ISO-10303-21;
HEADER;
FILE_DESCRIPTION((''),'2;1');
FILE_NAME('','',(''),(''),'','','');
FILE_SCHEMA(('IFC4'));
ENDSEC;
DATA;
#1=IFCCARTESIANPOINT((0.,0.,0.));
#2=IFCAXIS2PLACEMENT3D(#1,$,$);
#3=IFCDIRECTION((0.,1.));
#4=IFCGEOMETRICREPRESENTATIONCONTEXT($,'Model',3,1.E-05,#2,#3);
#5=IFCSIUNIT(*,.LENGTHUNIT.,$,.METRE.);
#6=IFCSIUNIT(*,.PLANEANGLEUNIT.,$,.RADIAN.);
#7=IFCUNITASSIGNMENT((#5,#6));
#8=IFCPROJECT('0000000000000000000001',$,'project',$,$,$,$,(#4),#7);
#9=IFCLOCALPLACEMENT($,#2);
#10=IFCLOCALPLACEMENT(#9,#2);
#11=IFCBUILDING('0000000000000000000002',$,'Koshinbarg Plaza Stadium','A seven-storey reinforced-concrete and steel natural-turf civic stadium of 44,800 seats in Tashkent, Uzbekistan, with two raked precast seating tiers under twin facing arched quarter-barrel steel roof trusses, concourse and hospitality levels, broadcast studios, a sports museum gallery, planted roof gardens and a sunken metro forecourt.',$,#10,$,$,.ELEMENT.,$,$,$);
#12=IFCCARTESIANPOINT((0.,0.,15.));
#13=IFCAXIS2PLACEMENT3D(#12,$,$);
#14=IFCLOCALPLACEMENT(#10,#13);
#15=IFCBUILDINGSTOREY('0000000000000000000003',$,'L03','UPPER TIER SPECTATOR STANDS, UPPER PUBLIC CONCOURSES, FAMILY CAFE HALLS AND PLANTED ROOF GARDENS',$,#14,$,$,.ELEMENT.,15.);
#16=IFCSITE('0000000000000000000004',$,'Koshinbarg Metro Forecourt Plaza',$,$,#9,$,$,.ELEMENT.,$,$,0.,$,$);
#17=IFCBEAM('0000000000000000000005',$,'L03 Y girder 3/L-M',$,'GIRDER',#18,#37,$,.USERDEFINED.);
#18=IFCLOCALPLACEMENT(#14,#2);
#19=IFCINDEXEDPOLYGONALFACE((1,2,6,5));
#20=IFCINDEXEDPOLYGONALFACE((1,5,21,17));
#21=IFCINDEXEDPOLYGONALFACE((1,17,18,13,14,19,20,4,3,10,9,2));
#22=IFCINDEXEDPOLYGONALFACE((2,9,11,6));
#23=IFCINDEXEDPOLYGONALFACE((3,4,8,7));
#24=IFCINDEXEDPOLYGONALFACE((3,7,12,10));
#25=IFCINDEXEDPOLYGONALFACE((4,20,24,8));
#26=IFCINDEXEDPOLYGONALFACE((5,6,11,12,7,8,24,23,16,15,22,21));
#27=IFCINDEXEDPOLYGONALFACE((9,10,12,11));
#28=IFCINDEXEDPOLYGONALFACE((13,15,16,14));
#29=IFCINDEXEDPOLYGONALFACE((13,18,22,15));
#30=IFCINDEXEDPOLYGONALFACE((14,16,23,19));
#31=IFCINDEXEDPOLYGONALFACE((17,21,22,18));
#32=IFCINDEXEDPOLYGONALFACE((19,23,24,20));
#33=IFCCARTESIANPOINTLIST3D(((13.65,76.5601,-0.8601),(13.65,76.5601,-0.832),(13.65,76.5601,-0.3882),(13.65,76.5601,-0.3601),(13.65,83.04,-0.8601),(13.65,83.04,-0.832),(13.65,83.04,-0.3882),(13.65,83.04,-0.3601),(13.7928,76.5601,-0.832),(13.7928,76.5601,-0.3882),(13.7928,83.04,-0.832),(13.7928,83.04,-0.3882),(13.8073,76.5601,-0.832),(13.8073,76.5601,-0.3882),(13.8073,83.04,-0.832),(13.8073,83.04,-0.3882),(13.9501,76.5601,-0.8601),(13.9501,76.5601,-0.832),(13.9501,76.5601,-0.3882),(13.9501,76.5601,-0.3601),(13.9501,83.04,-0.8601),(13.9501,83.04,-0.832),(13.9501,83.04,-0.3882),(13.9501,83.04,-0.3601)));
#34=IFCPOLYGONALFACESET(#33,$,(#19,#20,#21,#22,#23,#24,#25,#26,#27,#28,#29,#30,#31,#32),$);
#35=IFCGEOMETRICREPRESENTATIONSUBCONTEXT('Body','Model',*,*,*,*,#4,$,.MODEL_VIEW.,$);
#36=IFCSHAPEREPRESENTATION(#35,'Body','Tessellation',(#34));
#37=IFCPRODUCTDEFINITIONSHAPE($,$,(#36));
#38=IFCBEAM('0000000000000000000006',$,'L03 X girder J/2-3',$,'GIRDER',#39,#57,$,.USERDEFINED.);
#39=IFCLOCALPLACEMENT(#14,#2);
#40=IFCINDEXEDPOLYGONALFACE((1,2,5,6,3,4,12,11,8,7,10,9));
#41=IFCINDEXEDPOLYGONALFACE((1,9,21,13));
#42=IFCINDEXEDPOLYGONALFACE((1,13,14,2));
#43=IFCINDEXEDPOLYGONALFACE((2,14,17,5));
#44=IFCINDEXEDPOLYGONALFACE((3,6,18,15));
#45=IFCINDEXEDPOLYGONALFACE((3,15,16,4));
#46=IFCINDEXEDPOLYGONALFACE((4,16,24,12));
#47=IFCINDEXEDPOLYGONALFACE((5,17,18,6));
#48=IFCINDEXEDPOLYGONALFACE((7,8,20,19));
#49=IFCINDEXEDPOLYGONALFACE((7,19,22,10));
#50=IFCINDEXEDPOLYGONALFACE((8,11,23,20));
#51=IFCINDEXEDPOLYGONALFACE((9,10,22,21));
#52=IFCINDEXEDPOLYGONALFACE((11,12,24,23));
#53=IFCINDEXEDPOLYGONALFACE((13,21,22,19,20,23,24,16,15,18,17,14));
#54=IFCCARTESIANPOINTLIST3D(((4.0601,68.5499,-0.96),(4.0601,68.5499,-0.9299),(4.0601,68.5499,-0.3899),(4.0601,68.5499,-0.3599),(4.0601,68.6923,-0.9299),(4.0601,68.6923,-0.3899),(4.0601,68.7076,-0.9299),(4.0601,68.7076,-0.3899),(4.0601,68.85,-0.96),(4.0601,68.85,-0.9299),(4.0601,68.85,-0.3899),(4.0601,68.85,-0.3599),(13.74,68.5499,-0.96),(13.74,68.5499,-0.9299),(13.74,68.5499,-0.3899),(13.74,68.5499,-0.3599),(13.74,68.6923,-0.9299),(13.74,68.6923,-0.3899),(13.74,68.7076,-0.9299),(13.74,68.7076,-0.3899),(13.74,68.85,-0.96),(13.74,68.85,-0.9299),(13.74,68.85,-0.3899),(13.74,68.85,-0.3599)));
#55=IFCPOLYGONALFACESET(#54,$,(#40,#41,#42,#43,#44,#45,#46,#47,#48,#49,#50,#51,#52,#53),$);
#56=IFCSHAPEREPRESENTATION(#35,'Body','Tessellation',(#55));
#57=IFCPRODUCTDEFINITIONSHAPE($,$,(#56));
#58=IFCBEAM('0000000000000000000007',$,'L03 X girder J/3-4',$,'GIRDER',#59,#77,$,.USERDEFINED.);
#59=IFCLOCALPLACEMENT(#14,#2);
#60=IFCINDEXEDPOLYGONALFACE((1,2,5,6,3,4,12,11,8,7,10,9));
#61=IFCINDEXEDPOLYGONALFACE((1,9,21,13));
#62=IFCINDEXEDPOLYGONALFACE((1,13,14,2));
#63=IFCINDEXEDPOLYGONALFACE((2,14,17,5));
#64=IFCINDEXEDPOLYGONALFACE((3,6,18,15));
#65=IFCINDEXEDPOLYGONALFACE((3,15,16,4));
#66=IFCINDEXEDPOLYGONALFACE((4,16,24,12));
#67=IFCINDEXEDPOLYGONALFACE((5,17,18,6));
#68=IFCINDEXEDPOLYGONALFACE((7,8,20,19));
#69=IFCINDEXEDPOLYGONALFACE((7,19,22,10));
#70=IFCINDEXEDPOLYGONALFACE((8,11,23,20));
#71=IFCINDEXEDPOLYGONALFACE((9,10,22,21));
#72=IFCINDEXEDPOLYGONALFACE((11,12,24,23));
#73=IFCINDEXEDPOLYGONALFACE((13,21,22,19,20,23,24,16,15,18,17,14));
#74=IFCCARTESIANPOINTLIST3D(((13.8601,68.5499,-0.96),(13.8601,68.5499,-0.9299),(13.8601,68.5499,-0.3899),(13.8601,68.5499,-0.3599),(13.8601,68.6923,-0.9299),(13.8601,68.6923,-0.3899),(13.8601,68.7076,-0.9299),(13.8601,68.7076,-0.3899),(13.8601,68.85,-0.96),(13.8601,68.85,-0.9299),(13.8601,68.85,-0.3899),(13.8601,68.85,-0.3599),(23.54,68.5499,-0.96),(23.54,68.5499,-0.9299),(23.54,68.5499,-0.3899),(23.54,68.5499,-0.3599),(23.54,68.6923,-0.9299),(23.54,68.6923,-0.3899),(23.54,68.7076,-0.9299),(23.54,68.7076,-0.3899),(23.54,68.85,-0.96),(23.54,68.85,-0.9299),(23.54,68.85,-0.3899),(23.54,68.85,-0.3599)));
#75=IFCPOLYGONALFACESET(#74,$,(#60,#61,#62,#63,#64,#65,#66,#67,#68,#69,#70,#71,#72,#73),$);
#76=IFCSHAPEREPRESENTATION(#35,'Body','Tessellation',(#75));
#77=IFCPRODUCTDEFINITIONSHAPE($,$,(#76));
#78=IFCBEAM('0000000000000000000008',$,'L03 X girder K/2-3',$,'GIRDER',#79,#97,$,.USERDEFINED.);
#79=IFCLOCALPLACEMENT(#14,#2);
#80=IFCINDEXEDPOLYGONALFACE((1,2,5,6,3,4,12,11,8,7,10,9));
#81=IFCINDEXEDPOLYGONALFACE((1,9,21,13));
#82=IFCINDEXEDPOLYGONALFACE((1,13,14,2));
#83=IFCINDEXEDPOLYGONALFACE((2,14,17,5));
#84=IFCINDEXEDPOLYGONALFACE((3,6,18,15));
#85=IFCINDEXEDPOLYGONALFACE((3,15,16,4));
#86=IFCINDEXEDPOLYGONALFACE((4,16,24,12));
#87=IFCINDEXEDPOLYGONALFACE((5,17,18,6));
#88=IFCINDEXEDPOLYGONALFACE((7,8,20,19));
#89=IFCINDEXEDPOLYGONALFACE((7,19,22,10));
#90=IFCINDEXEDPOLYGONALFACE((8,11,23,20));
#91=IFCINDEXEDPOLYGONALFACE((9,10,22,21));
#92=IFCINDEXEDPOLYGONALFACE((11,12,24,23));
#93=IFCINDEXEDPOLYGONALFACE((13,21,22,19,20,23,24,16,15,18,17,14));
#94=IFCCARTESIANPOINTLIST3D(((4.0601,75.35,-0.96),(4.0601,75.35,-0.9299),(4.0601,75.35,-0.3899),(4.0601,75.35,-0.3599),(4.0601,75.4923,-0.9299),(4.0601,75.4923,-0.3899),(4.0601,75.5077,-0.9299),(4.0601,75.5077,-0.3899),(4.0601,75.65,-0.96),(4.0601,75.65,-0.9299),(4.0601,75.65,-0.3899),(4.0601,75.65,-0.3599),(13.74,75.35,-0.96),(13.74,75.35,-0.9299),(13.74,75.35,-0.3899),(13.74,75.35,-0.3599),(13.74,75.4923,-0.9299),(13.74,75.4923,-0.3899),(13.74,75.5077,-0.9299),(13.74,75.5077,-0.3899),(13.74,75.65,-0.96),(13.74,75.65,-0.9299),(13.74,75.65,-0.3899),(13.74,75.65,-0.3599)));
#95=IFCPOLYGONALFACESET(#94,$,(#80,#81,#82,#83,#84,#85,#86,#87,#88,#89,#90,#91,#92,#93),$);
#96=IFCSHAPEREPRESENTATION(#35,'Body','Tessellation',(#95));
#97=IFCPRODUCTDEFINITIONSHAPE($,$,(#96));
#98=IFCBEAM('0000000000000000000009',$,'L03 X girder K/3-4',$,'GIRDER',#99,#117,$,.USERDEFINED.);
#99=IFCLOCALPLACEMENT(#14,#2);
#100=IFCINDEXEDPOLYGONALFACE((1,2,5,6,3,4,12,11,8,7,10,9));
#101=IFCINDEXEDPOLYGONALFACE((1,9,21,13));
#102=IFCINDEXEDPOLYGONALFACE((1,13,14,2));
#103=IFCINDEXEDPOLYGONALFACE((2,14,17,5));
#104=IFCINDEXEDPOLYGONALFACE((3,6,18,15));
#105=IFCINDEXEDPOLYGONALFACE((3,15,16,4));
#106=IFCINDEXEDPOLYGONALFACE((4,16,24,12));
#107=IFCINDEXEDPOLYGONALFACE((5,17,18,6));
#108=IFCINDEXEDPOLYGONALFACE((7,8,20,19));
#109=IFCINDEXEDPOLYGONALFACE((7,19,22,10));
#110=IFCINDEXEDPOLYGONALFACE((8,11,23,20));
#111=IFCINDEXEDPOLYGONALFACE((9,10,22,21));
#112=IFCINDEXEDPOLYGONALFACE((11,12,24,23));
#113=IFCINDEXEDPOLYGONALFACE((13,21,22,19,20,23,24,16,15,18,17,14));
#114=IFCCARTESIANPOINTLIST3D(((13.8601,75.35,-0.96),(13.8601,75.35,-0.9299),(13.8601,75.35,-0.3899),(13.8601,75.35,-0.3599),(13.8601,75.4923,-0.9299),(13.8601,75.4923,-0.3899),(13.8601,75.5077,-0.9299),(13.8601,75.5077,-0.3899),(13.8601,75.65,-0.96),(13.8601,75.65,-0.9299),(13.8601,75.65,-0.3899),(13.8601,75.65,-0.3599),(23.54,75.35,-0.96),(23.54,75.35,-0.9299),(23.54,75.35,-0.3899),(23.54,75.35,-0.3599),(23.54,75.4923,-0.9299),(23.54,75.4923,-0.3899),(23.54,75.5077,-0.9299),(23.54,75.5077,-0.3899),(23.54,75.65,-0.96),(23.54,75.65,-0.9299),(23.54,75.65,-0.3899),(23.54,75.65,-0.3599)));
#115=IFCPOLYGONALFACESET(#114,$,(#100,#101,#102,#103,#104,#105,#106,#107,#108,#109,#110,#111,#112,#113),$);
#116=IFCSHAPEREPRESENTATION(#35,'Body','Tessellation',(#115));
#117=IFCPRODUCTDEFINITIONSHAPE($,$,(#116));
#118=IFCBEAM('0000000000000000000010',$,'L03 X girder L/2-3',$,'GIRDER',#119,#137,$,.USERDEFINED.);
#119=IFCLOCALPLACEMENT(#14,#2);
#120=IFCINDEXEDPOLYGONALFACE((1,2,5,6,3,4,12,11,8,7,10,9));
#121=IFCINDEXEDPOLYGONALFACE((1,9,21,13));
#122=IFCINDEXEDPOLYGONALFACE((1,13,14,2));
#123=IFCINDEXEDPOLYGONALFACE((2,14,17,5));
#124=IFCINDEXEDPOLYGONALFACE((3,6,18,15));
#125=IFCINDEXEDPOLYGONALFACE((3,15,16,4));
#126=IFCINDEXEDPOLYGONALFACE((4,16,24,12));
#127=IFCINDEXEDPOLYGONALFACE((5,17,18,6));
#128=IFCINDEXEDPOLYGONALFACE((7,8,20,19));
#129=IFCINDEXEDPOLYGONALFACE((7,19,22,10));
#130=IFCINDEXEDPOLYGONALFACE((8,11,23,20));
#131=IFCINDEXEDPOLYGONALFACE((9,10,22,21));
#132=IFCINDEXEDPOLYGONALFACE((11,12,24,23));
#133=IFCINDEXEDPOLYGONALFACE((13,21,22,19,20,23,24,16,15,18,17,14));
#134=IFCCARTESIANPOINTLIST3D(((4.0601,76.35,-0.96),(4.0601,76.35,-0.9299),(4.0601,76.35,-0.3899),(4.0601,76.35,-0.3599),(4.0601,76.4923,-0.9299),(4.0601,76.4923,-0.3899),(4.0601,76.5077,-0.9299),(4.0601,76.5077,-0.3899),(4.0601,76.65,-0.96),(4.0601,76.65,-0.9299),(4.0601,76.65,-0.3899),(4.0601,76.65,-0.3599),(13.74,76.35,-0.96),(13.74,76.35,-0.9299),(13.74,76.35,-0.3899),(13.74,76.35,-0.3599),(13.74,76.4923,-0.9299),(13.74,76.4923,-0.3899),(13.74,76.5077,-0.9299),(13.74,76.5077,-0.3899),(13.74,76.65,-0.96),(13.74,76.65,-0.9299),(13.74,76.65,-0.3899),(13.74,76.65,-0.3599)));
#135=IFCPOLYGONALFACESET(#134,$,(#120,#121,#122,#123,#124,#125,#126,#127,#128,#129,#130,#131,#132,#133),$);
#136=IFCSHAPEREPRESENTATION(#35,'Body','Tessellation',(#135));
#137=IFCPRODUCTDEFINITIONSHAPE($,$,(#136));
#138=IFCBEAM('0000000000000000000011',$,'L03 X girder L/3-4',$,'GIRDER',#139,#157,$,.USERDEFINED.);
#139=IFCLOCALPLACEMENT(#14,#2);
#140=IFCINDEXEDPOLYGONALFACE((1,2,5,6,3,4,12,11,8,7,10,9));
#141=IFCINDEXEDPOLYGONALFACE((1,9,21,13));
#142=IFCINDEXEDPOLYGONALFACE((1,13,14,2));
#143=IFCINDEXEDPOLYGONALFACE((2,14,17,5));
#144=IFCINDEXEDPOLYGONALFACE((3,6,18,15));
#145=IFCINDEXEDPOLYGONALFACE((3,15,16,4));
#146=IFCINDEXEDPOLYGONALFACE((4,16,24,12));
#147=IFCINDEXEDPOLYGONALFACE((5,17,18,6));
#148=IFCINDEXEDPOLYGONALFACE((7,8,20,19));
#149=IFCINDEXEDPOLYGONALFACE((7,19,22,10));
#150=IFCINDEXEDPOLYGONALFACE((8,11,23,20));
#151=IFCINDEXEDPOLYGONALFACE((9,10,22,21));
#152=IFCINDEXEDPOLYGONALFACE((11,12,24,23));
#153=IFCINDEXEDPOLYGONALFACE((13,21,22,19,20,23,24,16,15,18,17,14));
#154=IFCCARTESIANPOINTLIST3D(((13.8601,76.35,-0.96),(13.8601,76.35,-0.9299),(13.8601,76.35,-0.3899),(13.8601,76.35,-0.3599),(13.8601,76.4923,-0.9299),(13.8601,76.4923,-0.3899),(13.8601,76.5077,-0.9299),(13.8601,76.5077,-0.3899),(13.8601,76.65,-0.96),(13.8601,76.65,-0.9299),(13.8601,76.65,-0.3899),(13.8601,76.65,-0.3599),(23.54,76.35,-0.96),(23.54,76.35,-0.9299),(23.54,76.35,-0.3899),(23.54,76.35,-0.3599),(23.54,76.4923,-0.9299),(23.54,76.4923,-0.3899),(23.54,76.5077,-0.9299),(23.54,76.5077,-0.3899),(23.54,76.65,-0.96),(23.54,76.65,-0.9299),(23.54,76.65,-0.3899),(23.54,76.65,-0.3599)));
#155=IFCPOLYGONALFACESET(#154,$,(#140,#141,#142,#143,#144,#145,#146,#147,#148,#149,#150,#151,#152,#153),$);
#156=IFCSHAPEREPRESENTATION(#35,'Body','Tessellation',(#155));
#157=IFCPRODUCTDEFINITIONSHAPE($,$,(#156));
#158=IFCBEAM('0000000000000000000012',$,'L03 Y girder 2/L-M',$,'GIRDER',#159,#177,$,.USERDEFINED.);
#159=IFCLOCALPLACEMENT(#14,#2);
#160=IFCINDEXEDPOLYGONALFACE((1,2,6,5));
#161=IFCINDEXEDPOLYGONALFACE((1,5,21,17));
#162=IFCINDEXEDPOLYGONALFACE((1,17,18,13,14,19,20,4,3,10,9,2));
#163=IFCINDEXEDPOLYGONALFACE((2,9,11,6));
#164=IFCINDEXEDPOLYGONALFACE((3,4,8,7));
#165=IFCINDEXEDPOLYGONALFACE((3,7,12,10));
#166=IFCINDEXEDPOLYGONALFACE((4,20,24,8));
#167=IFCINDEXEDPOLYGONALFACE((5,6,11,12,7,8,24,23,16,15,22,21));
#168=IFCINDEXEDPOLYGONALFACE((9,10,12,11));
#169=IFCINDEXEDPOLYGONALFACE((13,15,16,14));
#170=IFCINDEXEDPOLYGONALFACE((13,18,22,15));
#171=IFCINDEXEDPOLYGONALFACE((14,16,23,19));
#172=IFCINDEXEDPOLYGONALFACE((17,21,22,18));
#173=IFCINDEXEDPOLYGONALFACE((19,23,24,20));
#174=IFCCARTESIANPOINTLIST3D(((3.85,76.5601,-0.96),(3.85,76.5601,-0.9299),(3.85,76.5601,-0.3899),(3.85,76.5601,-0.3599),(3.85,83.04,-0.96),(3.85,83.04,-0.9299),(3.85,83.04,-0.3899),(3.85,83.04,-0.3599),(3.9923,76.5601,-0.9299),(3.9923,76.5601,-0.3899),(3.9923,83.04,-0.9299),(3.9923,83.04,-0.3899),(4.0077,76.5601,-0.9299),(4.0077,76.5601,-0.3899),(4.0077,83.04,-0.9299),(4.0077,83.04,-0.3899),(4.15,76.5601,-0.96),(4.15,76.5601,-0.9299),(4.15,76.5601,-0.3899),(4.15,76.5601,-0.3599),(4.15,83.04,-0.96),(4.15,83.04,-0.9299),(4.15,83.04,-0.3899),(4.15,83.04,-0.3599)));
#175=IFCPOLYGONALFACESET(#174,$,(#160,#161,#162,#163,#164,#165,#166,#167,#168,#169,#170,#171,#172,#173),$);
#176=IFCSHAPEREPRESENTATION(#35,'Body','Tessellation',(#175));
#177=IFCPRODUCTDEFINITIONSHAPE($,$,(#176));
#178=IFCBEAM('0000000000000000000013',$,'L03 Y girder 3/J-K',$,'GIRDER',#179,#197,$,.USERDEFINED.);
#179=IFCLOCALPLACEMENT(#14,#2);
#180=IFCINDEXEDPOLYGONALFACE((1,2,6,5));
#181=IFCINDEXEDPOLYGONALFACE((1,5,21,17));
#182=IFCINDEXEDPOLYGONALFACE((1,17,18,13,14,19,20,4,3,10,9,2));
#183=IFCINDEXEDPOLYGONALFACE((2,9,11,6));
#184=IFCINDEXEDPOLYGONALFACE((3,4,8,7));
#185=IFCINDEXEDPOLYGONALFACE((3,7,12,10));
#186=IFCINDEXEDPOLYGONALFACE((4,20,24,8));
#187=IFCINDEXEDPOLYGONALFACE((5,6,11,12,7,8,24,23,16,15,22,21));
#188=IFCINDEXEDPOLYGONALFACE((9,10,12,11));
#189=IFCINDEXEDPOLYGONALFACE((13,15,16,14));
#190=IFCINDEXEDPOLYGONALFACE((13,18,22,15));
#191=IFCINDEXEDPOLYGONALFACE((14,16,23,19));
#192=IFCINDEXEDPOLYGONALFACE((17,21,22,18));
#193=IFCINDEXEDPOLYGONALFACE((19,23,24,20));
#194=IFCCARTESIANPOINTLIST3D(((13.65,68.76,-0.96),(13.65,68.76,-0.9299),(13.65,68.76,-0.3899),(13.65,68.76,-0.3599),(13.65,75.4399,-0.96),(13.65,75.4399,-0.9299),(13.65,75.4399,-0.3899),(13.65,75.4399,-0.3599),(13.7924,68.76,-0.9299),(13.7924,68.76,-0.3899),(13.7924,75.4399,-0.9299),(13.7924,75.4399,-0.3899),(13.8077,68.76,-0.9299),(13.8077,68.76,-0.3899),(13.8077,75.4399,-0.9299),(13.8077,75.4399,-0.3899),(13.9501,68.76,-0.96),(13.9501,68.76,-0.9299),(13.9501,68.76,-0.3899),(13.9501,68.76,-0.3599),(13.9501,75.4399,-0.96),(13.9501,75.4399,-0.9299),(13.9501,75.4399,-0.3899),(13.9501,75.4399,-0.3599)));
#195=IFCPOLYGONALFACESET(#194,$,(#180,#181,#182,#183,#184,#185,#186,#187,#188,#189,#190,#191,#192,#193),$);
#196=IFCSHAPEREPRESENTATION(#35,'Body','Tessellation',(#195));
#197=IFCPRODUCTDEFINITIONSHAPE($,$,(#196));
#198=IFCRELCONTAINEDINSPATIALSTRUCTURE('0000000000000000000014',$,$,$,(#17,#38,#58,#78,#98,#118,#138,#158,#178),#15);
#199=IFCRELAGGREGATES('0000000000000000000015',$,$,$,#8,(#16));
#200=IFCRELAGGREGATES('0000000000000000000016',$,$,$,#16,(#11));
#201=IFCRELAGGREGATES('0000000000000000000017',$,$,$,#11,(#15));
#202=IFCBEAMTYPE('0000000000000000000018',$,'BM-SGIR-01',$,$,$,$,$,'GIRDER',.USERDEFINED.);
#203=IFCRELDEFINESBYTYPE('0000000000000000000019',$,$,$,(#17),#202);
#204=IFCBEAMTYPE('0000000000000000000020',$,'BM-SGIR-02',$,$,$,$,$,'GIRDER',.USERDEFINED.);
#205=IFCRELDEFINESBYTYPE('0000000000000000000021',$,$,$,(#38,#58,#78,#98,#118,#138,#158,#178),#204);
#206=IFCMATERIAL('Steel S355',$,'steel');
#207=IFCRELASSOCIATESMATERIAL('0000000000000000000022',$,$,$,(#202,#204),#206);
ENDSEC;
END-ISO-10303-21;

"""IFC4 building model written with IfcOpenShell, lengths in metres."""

from ifc_helpers import new_model, si_unit, direction, frame, origin, origin_2d, place, context, subcontext, project, spatial, i_section, extrude, material, material_profile, profile_set, type_object, element, save


model = new_model("IFC4")

# Units and contexts
model_context = context("Model", 3, precision=1e-05, world=origin(), true_north=direction((0.0, 1.0)))
body_context = subcontext(model_context, "Body", "Model", "MODEL_VIEW")
ifc_project = project(units=[si_unit("LENGTHUNIT", "METRE"), si_unit("PLANEANGLEUNIT", "RADIAN")], contexts=[model_context])

# Site, building, storey
site_placement = place(None, origin())
site = spatial("IfcSite", under=ifc_project, at=site_placement, Name="Koshinbarg Metro Forecourt Plaza", CompositionType="ELEMENT", RefElevation=0.0)
building_placement = place(site_placement, origin())
building = spatial("IfcBuilding", under=site, at=building_placement, Name="Koshinbarg Plaza Stadium", Description="A seven-storey reinforced-concrete and steel natural-turf civic stadium of 44,800 seats in Tashkent, Uzbekistan, with two raked precast seating tiers under twin facing arched quarter-barrel steel roof trusses, concourse and hospitality levels, broadcast studios, a sports museum gallery, planted roof gardens and a sunken metro forecourt.", CompositionType="ELEMENT")
storey_placement = place(building_placement, frame((0.0, 0.0, 15.0)))
storey = spatial("IfcBuildingStorey", under=building, at=storey_placement, Name="L03", Description="UPPER TIER SPECTATOR STANDS, UPPER PUBLIC CONCOURSES, FAMILY CAFE HALLS AND PLANTED ROOF GARDENS", CompositionType="ELEMENT", Elevation=15.0)

# Beams
ifc_material_1 = material(Name="Steel S355", Category="steel")
ifc_material_profile_1 = material_profile(ifc_material_1, i_section(OverallWidth=0.3, OverallDepth=0.5, WebThickness=0.0144, FlangeThickness=0.0281, at=origin_2d()), Name="HEB 500")
ifc_profile_set_1 = profile_set([ifc_material_profile_1], Name="Steel S355")
beam_type_1 = type_object("IfcBeamType", Name="BM-SGIR-01", ElementType="GIRDER", PredefinedType="USERDEFINED", material=ifc_profile_set_1)
beam_1_placement = place(storey_placement, frame((13.8, 76.5601, -0.6101), z_axis=(0.0, 1.0, 0.0), x_axis=(-1.0, 0.0, 0.0)))
element("IfcBeam", 1, at=beam_1_placement, inside=storey, type_object=beam_type_1, Name="L03 Y girder 3/L-M", ObjectType="GIRDER", PredefinedType="USERDEFINED", context=body_context, shape_type="SweptSolid", body=[
    extrude(i_section(OverallWidth=0.3, OverallDepth=0.5, WebThickness=0.0144, FlangeThickness=0.0281, at=origin_2d()), origin(), (0.0, 0.0, 1.0), 6.48),
])
ifc_material_profile_2 = material_profile(ifc_material_1, i_section(OverallWidth=0.3, OverallDepth=0.6001, WebThickness=0.0154, FlangeThickness=0.03, at=origin_2d()), Name="HEB 600")
ifc_profile_set_2 = profile_set([ifc_material_profile_2], Name="Steel S355")
beam_type_2 = type_object("IfcBeamType", Name="BM-SGIR-02", ElementType="GIRDER", PredefinedType="USERDEFINED", material=ifc_profile_set_2)
for number, where, z_axis, x_axis, name in (
    (2, (4.0601, 68.7, -0.6599), (1.0, 0.0, 0.0), (0.0, 1.0, 0.0), "L03 X girder J/2-3"),
    (3, (13.8601, 68.7, -0.6599), (1.0, 0.0, 0.0), (0.0, 1.0, 0.0), "L03 X girder J/3-4"),
    (4, (4.0601, 75.5, -0.6599), (1.0, 0.0, 0.0), (0.0, 1.0, 0.0), "L03 X girder K/2-3"),
    (5, (13.8601, 75.5, -0.6599), (1.0, 0.0, 0.0), (0.0, 1.0, 0.0), "L03 X girder K/3-4"),
    (6, (4.0601, 76.5, -0.6599), (1.0, 0.0, 0.0), (0.0, 1.0, 0.0), "L03 X girder L/2-3"),
    (7, (13.8601, 76.5, -0.6599), (1.0, 0.0, 0.0), (0.0, 1.0, 0.0), "L03 X girder L/3-4"),
):
    element("IfcBeam", number, at=place(storey_placement, frame(where, z_axis=z_axis, x_axis=x_axis)), inside=storey, type_object=beam_type_2, Name=name, ObjectType="GIRDER", PredefinedType="USERDEFINED", context=body_context, shape_type="SweptSolid", body=[
        extrude(i_section(OverallWidth=0.3, OverallDepth=0.6001, WebThickness=0.0154, FlangeThickness=0.03, at=origin_2d()), origin(), (0.0, 0.0, 1.0), 9.6799),
    ])
beam_2_placement = place(storey_placement, frame((4.0, 76.5601, -0.6599), z_axis=(0.0, 1.0, 0.0), x_axis=(-1.0, 0.0, 0.0)))
element("IfcBeam", 8, at=beam_2_placement, inside=storey, type_object=beam_type_2, Name="L03 Y girder 2/L-M", ObjectType="GIRDER", PredefinedType="USERDEFINED", context=body_context, shape_type="SweptSolid", body=[
    extrude(i_section(OverallWidth=0.3, OverallDepth=0.6001, WebThickness=0.0154, FlangeThickness=0.03, at=origin_2d()), origin(), (0.0, 0.0, 1.0), 6.48),
])
beam_3_placement = place(storey_placement, frame((13.8, 68.76, -0.6599), z_axis=(0.0, 1.0, 0.0), x_axis=(-1.0, 0.0, 0.0)))
element("IfcBeam", 9, at=beam_3_placement, inside=storey, type_object=beam_type_2, Name="L03 Y girder 3/J-K", ObjectType="GIRDER", PredefinedType="USERDEFINED", context=body_context, shape_type="SweptSolid", body=[
    extrude(i_section(OverallWidth=0.3, OverallDepth=0.6001, WebThickness=0.0154, FlangeThickness=0.03, at=origin_2d()), origin(), (0.0, 0.0, 1.0), 6.6799),
])

save(model, "model.ifc")
